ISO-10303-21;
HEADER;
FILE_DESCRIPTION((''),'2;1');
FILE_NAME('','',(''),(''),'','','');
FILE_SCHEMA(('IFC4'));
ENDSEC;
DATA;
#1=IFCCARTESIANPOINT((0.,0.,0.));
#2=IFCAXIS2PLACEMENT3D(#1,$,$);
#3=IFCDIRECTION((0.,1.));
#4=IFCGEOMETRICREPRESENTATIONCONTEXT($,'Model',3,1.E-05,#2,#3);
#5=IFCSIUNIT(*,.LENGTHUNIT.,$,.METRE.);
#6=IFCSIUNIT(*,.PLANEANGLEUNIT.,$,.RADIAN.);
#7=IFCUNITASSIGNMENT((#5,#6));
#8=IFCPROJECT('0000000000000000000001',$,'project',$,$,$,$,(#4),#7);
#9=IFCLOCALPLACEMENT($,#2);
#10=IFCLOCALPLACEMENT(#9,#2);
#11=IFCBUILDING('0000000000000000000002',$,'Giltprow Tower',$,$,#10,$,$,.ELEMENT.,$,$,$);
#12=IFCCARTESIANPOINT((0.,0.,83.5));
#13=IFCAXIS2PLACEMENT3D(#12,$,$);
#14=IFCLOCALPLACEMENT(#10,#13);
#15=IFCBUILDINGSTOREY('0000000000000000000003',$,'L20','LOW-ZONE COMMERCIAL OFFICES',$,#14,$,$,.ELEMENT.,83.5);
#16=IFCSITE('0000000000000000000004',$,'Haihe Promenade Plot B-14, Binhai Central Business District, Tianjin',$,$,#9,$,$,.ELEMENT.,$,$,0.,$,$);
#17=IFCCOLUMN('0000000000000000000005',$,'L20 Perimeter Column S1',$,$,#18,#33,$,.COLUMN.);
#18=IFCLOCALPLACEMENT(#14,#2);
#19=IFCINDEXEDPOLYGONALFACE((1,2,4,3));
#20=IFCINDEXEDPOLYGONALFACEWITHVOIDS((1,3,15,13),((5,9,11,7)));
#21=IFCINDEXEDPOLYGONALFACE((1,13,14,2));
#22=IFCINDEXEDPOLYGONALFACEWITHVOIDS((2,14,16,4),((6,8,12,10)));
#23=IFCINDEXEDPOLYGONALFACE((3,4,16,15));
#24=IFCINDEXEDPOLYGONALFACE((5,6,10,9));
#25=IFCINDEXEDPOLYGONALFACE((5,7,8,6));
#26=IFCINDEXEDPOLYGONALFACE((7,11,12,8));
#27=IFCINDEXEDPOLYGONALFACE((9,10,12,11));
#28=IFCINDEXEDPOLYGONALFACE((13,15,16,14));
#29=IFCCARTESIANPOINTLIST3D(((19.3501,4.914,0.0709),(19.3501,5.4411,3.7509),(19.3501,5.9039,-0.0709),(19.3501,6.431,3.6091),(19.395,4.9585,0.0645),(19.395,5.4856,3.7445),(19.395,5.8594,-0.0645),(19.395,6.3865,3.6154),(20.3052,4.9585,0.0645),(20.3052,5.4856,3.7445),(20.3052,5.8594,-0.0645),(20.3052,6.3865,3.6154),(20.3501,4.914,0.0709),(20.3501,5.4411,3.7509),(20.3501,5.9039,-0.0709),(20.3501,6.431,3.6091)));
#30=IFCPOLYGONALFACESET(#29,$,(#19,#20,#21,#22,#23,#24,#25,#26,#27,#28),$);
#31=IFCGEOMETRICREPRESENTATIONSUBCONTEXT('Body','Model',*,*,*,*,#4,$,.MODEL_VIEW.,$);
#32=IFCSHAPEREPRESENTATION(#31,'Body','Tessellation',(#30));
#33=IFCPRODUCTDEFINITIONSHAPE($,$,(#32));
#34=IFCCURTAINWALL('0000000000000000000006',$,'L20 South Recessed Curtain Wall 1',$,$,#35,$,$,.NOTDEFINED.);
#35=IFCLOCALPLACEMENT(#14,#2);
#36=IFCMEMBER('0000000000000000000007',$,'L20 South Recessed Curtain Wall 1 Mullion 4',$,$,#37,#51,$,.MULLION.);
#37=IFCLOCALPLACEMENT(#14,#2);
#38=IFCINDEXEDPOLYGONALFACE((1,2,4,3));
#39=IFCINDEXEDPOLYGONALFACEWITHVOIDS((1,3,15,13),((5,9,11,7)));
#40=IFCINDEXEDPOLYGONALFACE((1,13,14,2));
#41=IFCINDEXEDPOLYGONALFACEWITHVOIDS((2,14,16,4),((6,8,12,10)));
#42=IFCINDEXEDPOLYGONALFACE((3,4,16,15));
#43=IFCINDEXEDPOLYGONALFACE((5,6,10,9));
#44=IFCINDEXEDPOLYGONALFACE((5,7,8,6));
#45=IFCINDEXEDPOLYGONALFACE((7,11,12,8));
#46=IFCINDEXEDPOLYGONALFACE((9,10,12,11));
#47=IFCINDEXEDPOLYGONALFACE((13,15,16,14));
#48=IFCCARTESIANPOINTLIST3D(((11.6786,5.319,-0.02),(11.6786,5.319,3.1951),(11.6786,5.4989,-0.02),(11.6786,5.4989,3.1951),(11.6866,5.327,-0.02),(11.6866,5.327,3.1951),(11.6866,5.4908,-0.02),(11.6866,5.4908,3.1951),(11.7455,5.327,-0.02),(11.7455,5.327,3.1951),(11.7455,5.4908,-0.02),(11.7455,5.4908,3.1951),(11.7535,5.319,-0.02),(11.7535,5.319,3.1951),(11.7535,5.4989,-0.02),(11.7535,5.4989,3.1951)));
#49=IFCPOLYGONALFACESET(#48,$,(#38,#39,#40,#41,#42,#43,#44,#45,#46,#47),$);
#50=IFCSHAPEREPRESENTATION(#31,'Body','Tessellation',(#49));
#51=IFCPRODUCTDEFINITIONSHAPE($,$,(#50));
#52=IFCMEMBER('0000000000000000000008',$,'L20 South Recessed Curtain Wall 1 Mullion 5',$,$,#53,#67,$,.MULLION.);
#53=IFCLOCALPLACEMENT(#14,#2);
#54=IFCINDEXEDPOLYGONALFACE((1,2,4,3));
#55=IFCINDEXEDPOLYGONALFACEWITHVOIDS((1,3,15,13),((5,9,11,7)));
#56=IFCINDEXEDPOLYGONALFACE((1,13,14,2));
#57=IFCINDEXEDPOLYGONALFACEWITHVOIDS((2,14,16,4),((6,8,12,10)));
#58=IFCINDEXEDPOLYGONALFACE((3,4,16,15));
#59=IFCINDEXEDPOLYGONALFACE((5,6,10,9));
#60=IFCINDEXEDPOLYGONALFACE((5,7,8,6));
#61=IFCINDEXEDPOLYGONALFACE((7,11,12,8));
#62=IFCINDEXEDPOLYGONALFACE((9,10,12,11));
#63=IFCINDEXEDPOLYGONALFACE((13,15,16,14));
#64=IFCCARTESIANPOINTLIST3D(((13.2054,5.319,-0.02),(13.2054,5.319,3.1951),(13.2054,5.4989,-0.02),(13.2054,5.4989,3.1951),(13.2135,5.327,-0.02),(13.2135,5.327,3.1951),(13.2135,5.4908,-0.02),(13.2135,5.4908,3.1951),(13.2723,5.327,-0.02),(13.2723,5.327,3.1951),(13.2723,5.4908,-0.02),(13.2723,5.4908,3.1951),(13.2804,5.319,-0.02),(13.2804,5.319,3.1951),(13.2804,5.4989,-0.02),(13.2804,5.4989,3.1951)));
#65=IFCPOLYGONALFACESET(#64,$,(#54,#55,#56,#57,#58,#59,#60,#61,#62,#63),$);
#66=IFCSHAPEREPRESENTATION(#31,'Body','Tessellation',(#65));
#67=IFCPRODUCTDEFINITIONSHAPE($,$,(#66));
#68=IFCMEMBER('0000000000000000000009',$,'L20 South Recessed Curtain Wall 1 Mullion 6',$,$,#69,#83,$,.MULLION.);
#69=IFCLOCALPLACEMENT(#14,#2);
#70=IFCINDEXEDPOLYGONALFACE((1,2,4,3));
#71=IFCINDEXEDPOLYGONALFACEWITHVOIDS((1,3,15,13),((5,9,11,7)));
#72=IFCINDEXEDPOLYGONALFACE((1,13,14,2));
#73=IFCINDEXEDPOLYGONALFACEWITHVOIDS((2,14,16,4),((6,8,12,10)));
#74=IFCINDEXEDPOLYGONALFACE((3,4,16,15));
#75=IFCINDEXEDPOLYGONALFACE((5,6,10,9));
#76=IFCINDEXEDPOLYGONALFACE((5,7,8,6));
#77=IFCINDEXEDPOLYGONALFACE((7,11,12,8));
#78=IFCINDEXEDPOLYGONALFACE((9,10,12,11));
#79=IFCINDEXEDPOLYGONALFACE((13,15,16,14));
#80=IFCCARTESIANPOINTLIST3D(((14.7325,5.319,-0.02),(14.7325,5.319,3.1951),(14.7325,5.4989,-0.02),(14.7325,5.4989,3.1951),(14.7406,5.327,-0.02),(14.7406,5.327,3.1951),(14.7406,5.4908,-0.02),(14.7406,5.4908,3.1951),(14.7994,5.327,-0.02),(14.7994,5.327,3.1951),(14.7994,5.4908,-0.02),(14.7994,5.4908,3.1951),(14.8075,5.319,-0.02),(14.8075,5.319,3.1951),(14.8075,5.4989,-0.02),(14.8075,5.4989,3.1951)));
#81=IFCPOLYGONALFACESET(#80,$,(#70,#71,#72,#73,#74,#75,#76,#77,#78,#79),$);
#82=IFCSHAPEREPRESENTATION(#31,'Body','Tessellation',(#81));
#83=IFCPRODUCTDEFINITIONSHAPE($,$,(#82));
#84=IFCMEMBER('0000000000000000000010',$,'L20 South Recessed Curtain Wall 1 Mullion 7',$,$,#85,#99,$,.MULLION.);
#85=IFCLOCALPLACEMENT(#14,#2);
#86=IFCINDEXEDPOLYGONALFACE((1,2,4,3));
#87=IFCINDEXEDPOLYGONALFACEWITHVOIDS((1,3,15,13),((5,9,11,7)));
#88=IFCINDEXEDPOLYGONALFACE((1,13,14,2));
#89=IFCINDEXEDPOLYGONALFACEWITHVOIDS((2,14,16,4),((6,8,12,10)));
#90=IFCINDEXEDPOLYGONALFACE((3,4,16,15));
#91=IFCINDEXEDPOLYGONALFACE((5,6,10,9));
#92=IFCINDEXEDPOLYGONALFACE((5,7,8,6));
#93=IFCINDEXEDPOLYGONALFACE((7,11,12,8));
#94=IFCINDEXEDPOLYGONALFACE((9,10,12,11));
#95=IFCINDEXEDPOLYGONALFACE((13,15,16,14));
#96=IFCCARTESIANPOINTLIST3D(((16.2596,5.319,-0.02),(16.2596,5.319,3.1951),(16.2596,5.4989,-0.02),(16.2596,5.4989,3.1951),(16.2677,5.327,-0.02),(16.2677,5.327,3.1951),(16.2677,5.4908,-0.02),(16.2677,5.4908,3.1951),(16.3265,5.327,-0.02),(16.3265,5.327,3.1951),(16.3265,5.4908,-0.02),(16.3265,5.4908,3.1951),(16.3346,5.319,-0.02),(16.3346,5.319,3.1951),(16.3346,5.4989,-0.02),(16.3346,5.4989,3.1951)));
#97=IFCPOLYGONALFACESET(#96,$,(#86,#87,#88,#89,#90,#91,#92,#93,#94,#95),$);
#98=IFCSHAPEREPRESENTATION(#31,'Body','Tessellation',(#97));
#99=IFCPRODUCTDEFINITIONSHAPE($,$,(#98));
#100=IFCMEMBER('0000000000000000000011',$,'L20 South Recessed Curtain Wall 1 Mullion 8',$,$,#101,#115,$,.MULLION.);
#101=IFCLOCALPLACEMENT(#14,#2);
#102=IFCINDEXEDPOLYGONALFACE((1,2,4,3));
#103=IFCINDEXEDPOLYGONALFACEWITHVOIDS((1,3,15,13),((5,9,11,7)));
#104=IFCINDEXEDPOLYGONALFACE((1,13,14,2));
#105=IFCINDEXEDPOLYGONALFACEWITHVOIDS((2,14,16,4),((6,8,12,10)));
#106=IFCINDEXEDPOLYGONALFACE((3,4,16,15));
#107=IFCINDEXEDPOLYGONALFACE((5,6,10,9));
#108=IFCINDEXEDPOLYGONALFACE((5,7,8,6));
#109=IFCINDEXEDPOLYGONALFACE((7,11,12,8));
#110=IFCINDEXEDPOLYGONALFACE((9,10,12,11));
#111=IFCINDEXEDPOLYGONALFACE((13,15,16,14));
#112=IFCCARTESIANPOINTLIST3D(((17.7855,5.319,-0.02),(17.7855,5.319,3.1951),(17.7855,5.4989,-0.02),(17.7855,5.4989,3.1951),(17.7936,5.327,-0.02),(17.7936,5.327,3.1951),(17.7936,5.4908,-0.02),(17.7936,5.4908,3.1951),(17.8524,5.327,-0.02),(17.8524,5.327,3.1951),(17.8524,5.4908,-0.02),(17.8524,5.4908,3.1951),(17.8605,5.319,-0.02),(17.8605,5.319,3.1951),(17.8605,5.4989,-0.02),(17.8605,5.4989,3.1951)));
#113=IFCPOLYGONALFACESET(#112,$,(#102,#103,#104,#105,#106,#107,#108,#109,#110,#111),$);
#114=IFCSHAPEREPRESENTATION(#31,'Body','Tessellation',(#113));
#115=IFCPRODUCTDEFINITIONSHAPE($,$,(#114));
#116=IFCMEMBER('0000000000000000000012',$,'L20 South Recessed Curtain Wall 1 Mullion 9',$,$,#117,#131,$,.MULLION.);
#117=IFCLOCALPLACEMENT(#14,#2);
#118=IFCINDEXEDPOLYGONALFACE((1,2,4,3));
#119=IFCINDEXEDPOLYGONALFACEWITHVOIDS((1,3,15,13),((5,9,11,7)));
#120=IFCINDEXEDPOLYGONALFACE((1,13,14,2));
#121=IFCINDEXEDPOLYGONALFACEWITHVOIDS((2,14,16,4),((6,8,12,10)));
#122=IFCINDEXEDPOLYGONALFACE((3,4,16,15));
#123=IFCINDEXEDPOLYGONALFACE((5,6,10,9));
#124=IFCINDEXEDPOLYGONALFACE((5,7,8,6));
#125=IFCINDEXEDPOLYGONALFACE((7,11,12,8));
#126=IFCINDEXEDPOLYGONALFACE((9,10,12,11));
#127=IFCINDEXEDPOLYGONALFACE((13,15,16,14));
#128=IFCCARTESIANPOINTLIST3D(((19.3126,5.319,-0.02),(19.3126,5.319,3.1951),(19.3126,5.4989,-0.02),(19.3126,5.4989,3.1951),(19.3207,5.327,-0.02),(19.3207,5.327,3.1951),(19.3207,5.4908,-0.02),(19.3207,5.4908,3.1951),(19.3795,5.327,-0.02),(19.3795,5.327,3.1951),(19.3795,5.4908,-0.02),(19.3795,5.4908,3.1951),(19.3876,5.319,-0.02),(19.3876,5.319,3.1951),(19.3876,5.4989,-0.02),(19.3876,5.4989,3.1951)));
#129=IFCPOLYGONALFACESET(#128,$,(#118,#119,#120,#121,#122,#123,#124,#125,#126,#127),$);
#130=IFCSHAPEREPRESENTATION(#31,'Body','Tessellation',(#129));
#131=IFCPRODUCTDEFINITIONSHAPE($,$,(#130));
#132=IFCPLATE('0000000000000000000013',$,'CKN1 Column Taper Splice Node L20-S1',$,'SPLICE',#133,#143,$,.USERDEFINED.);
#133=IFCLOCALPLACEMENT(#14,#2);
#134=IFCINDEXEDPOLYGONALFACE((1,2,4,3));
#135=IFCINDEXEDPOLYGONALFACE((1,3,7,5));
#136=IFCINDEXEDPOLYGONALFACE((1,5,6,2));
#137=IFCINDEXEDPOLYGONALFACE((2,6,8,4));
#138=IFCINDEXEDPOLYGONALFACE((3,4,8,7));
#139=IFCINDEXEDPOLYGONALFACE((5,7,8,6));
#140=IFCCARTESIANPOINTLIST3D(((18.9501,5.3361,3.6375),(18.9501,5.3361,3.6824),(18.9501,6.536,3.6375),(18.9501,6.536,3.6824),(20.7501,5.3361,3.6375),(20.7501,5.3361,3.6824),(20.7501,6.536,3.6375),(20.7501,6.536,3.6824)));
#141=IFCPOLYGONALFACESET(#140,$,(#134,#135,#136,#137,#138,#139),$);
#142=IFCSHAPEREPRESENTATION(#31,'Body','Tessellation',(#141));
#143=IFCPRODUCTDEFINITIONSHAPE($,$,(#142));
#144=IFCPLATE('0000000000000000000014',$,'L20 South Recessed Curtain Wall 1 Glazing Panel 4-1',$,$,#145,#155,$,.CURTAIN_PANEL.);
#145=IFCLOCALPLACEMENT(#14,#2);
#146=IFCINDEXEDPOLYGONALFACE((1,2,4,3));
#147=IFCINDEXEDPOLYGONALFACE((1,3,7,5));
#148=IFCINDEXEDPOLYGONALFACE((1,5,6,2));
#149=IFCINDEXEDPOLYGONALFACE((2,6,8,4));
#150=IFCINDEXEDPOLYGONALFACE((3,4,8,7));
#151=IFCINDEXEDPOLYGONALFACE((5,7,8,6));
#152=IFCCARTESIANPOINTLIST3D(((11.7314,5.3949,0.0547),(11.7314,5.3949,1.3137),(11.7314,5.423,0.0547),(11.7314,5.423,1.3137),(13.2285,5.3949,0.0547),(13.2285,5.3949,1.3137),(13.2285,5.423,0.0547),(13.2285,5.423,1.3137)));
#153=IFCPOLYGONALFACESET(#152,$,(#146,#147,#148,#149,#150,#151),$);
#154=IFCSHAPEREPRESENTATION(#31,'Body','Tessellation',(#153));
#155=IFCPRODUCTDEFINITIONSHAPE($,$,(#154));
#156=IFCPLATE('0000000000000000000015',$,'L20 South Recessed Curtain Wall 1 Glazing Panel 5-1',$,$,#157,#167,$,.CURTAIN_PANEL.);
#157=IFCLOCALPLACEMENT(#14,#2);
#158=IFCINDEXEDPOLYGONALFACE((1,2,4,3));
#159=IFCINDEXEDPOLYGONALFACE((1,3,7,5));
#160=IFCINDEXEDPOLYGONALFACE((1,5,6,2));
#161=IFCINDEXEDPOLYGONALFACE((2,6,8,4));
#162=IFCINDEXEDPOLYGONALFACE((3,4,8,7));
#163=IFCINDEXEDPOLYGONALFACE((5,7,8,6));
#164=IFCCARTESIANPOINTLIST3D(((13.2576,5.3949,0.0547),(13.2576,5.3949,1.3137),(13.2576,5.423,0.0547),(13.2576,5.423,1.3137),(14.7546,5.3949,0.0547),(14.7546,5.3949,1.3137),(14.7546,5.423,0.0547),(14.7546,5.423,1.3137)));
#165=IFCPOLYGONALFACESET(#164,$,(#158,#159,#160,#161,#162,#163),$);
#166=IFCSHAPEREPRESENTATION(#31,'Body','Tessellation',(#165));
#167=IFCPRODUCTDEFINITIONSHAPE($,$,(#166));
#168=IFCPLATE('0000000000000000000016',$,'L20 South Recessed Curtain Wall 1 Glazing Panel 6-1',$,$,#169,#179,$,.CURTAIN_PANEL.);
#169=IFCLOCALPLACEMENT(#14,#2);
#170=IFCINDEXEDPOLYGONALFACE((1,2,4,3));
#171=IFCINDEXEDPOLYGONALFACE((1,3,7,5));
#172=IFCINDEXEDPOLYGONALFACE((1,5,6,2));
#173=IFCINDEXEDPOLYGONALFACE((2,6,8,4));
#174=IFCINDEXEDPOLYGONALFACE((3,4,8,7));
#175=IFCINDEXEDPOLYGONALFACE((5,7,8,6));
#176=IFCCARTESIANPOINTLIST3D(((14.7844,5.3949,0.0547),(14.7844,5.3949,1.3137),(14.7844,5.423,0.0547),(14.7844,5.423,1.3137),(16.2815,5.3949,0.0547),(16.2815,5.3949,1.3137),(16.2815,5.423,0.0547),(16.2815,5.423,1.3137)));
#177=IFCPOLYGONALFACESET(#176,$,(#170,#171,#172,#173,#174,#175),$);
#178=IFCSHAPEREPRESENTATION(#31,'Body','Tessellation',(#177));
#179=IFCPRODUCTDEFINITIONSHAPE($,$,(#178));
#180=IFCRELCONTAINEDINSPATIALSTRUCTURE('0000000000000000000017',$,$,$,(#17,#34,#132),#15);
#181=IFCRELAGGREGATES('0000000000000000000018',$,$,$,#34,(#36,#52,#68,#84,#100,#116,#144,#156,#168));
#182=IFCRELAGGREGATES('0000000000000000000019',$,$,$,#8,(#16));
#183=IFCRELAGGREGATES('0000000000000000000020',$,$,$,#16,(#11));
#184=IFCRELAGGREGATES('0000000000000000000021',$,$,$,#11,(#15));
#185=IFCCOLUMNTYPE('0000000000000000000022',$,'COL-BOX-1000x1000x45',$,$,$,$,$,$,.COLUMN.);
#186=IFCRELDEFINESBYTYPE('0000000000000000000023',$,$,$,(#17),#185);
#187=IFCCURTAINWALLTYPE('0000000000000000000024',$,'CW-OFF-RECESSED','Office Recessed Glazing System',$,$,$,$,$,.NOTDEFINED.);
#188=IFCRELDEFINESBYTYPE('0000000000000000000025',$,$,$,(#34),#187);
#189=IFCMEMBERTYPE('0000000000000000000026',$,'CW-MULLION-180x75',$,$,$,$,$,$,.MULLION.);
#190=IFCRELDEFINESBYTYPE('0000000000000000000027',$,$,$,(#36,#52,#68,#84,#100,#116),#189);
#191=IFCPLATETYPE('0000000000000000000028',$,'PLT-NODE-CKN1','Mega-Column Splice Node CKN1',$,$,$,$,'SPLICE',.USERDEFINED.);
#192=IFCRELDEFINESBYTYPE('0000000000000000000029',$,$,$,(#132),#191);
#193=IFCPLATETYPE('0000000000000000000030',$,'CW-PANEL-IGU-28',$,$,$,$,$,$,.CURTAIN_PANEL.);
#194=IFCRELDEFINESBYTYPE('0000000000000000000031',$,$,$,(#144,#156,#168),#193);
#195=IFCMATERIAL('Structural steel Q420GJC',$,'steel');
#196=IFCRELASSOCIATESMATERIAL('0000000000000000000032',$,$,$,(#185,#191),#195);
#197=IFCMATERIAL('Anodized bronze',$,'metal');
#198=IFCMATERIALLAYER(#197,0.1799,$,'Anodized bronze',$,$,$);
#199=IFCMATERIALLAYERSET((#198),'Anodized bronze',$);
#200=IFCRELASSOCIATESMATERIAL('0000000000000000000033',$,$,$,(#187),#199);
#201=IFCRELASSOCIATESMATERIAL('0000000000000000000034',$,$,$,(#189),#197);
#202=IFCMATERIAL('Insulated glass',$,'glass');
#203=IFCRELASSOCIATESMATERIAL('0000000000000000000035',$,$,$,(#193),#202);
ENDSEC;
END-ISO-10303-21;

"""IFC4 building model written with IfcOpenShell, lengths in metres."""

from ifc_helpers import new_model, si_unit, direction, frame, origin, origin_2d, place, context, subcontext, project, spatial, rectangle, hollow_rectangle, extrude, source, transform, mapped, material, layer, layer_set, material_profile, profile_set, type_object, element, aggregate, save


model = new_model("IFC4")

# Units and contexts
model_context = context("Model", 3, precision=1e-05, world=origin(), true_north=direction((0.0, 1.0)))
body_context = subcontext(model_context, "Body", "Model", "MODEL_VIEW")
ifc_project = project(units=[si_unit("LENGTHUNIT", "METRE"), si_unit("PLANEANGLEUNIT", "RADIAN")], contexts=[model_context])

# Site, building, storey
site_placement = place(None, origin())
site = spatial("IfcSite", under=ifc_project, at=site_placement, Name="Haihe Promenade Plot B-14, Binhai Central Business District, Tianjin", CompositionType="ELEMENT", RefElevation=0.0)
building_placement = place(site_placement, origin())
building = spatial("IfcBuilding", under=site, at=building_placement, Name="Giltprow Tower", CompositionType="ELEMENT")
storey_placement = place(building_placement, frame((0.0, 0.0, 83.5)))
storey = spatial("IfcBuildingStorey", under=building, at=storey_placement, Name="L20", Description="LOW-ZONE COMMERCIAL OFFICES", CompositionType="ELEMENT", Elevation=83.5)

# Column
ifc_material_1 = material(Name="Structural steel Q420GJC", Category="steel")
ifc_material_profile_1 = material_profile(ifc_material_1, hollow_rectangle(XDim=1.0, YDim=1.0, WallThickness=0.0449, at=origin_2d()), Name="BOX 1000x1000x45")
ifc_profile_set_1 = profile_set([ifc_material_profile_1], Name="Structural steel Q420GJC")
column_type = type_object("IfcColumnType", Name="COL-BOX-1000x1000x45", PredefinedType="COLUMN", material=ifc_profile_set_1)
shared_shape_1 = source(origin(), body_context, "Body", "SweptSolid", [
    extrude(hollow_rectangle(XDim=1.0, YDim=1.0, WallThickness=0.0449, at=origin_2d()), origin(), (0.0, 0.0, 1.0), 3.7175),
])
column_placement = place(storey_placement, frame((19.8501, 5.4089, 0.0), z_axis=(0.0, 0.141789, 0.989897), x_axis=(-1.0, 0.0, 0.0)))
element("IfcColumn", 1, at=column_placement, inside=storey, type_object=column_type, Name="L20 Perimeter Column S1", PredefinedType="COLUMN", context=body_context, shape_type="MappedRepresentation", body=[
    mapped(shared_shape_1, transform((0.0, 0.0, 0.0), x_axis=(1.0, 0.0, 0.0), y_axis=(0.0, 1.0, 0.0), z_axis=(0.0, 0.0, 1.0), scale=1.0)),
])

# Curtain wall, members
ifc_material_2 = material(Name="Anodized bronze", Category="metal")
ifc_layer = layer(ifc_material_2, 0.1799, Name="Anodized bronze")
ifc_layer_set = layer_set([ifc_layer], Name="Anodized bronze")
curtain_wall_type = type_object("IfcCurtainWallType", Name="CW-OFF-RECESSED", Description="Office Recessed Glazing System", PredefinedType="NOTDEFINED", material=ifc_layer_set)
curtain_wall_placement = place(storey_placement, origin())
curtain_wall = element("IfcCurtainWall", 2, at=curtain_wall_placement, inside=storey, type_object=curtain_wall_type, Name="L20 South Recessed Curtain Wall 1", PredefinedType="NOTDEFINED")
ifc_material_profile_2 = material_profile(ifc_material_2, hollow_rectangle(XDim=0.075, YDim=0.1799, WallThickness=0.0081, at=origin_2d()), Name="RHS 180x75x8")
ifc_profile_set_2 = profile_set([ifc_material_profile_2], Name="Anodized bronze")
member_type = type_object("IfcMemberType", Name="CW-MULLION-180x75", PredefinedType="MULLION", material=ifc_profile_set_2)
shared_shape_2 = source(origin(), body_context, "Body", "SweptSolid", [
    extrude(hollow_rectangle(XDim=0.075, YDim=0.1799, WallThickness=0.0081, at=origin_2d()), origin(), (0.0, 0.0, 1.0), 3.2151),
])
member_1_placement = place(storey_placement, frame((11.7161, 5.4089, -0.02), z_axis=(0.0, 0.0, 1.0), x_axis=(1.0, 0.0, 0.0)))
member_1 = element("IfcMember", 3, at=member_1_placement, type_object=member_type, Name="L20 South Recessed Curtain Wall 1 Mullion 4", PredefinedType="MULLION", context=body_context, shape_type="MappedRepresentation", body=[
    mapped(shared_shape_2, transform((0.0, 0.0, 0.0), x_axis=(1.0, 0.0, 0.0), y_axis=(0.0, 1.0, 0.0), z_axis=(0.0, 0.0, 1.0), scale=1.0)),
])
member_2_placement = place(storey_placement, frame((13.2429, 5.4089, -0.02), z_axis=(0.0, 0.0, 1.0), x_axis=(1.0, 0.0, 0.0)))
member_2 = element("IfcMember", 4, at=member_2_placement, type_object=member_type, Name="L20 South Recessed Curtain Wall 1 Mullion 5", PredefinedType="MULLION", context=body_context, shape_type="MappedRepresentation", body=[
    mapped(shared_shape_2, transform((0.0, 0.0, 0.0), x_axis=(1.0, 0.0, 0.0), y_axis=(0.0, 1.0, 0.0), z_axis=(0.0, 0.0, 1.0), scale=1.0)),
])
member_3_placement = place(storey_placement, frame((14.77, 5.4089, -0.02), z_axis=(0.0, 0.0, 1.0), x_axis=(1.0, 0.0, 0.0)))
member_3 = element("IfcMember", 5, at=member_3_placement, type_object=member_type, Name="L20 South Recessed Curtain Wall 1 Mullion 6", PredefinedType="MULLION", context=body_context, shape_type="MappedRepresentation", body=[
    mapped(shared_shape_2, transform((0.0, 0.0, 0.0), x_axis=(1.0, 0.0, 0.0), y_axis=(0.0, 1.0, 0.0), z_axis=(0.0, 0.0, 1.0), scale=1.0)),
])
member_4_placement = place(storey_placement, frame((16.2971, 5.4089, -0.02), z_axis=(0.0, 0.0, 1.0), x_axis=(1.0, 0.0, 0.0)))
member_4 = element("IfcMember", 6, at=member_4_placement, type_object=member_type, Name="L20 South Recessed Curtain Wall 1 Mullion 7", PredefinedType="MULLION", context=body_context, shape_type="MappedRepresentation", body=[
    mapped(shared_shape_2, transform((0.0, 0.0, 0.0), x_axis=(1.0, 0.0, 0.0), y_axis=(0.0, 1.0, 0.0), z_axis=(0.0, 0.0, 1.0), scale=1.0)),
])
member_5_placement = place(storey_placement, frame((17.823, 5.4089, -0.02), z_axis=(0.0, 0.0, 1.0), x_axis=(1.0, 0.0, 0.0)))
member_5 = element("IfcMember", 7, at=member_5_placement, type_object=member_type, Name="L20 South Recessed Curtain Wall 1 Mullion 8", PredefinedType="MULLION", context=body_context, shape_type="MappedRepresentation", body=[
    mapped(shared_shape_2, transform((0.0, 0.0, 0.0), x_axis=(1.0, 0.0, 0.0), y_axis=(0.0, 1.0, 0.0), z_axis=(0.0, 0.0, 1.0), scale=1.0)),
])
member_6_placement = place(storey_placement, frame((19.3501, 5.4089, -0.02), z_axis=(0.0, 0.0, 1.0), x_axis=(1.0, 0.0, 0.0)))
member_6 = element("IfcMember", 8, at=member_6_placement, type_object=member_type, Name="L20 South Recessed Curtain Wall 1 Mullion 9", PredefinedType="MULLION", context=body_context, shape_type="MappedRepresentation", body=[
    mapped(shared_shape_2, transform((0.0, 0.0, 0.0), x_axis=(1.0, 0.0, 0.0), y_axis=(0.0, 1.0, 0.0), z_axis=(0.0, 0.0, 1.0), scale=1.0)),
])

# Plates
plate_type_1 = type_object("IfcPlateType", Name="PLT-NODE-CKN1", Description="Mega-Column Splice Node CKN1", ElementType="SPLICE", PredefinedType="USERDEFINED", material=ifc_material_1)
shared_shape_3 = source(origin(), body_context, "Body", "SweptSolid", [
    extrude(rectangle(XDim=1.8, YDim=1.2, at=origin_2d()), origin(), (0.0, 0.0, 1.0), 0.0449),
])
plate_1_placement = place(storey_placement, frame((19.8501, 5.936, 3.6375), z_axis=(0.0, 0.0, 1.0), x_axis=(1.0, 0.0, 0.0)))
element("IfcPlate", 9, at=plate_1_placement, inside=storey, type_object=plate_type_1, Name="CKN1 Column Taper Splice Node L20-S1", ObjectType="SPLICE", PredefinedType="USERDEFINED", context=body_context, shape_type="MappedRepresentation", body=[
    mapped(shared_shape_3, transform((0.0, 0.0, 0.0), x_axis=(1.0, 0.0, 0.0), y_axis=(0.0, 1.0, 0.0), z_axis=(0.0, 0.0, 1.0), scale=1.0)),
])
ifc_material_3 = material(Name="Insulated glass", Category="glass")
plate_type_2 = type_object("IfcPlateType", Name="CW-PANEL-IGU-28", PredefinedType="CURTAIN_PANEL", material=ifc_material_3)
shared_shape_4 = source(origin(), body_context, "Body", "SweptSolid", [
    extrude(rectangle(XDim=1.4971, YDim=0.0281, at=origin_2d()), origin(), (0.0, 0.0, 1.0), 1.259),
])
plate_2_placement = place(storey_placement, frame((12.48, 5.4089, 0.0547), z_axis=(0.0, 0.0, 1.0), x_axis=(1.0, 0.0, 0.0)))
plate_2 = element("IfcPlate", 10, at=plate_2_placement, type_object=plate_type_2, Name="L20 South Recessed Curtain Wall 1 Glazing Panel 4-1", PredefinedType="CURTAIN_PANEL", context=body_context, shape_type="MappedRepresentation", body=[
    mapped(shared_shape_4, transform((0.0, 0.0, 0.0), x_axis=(1.0, 0.0, 0.0), y_axis=(0.0, 1.0, 0.0), z_axis=(0.0, 0.0, 1.0), scale=1.0)),
])
plate_3_placement = place(storey_placement, frame((14.0061, 5.4089, 0.0547), z_axis=(0.0, 0.0, 1.0), x_axis=(1.0, 0.0, 0.0)))
plate_3 = element("IfcPlate", 11, at=plate_3_placement, type_object=plate_type_2, Name="L20 South Recessed Curtain Wall 1 Glazing Panel 5-1", PredefinedType="CURTAIN_PANEL", context=body_context, shape_type="MappedRepresentation", body=[
    mapped(shared_shape_4, transform((0.0, 0.0, 0.0), x_axis=(1.0, 0.0, 0.0), y_axis=(0.0, 1.0, 0.0), z_axis=(0.0, 0.0, 1.0), scale=1.0)),
])
plate_4_placement = place(storey_placement, frame((15.533, 5.4089, 0.0547), z_axis=(0.0, 0.0, 1.0), x_axis=(1.0, 0.0, 0.0)))
plate_4 = element("IfcPlate", 12, at=plate_4_placement, type_object=plate_type_2, Name="L20 South Recessed Curtain Wall 1 Glazing Panel 6-1", PredefinedType="CURTAIN_PANEL", context=body_context, shape_type="MappedRepresentation", body=[
    mapped(shared_shape_4, transform((0.0, 0.0, 0.0), x_axis=(1.0, 0.0, 0.0), y_axis=(0.0, 1.0, 0.0), z_axis=(0.0, 0.0, 1.0), scale=1.0)),
])
aggregate(curtain_wall, [member_1, member_2, member_3, member_4, member_5, member_6, plate_2, plate_3, plate_4])

save(model, "model.ifc")
